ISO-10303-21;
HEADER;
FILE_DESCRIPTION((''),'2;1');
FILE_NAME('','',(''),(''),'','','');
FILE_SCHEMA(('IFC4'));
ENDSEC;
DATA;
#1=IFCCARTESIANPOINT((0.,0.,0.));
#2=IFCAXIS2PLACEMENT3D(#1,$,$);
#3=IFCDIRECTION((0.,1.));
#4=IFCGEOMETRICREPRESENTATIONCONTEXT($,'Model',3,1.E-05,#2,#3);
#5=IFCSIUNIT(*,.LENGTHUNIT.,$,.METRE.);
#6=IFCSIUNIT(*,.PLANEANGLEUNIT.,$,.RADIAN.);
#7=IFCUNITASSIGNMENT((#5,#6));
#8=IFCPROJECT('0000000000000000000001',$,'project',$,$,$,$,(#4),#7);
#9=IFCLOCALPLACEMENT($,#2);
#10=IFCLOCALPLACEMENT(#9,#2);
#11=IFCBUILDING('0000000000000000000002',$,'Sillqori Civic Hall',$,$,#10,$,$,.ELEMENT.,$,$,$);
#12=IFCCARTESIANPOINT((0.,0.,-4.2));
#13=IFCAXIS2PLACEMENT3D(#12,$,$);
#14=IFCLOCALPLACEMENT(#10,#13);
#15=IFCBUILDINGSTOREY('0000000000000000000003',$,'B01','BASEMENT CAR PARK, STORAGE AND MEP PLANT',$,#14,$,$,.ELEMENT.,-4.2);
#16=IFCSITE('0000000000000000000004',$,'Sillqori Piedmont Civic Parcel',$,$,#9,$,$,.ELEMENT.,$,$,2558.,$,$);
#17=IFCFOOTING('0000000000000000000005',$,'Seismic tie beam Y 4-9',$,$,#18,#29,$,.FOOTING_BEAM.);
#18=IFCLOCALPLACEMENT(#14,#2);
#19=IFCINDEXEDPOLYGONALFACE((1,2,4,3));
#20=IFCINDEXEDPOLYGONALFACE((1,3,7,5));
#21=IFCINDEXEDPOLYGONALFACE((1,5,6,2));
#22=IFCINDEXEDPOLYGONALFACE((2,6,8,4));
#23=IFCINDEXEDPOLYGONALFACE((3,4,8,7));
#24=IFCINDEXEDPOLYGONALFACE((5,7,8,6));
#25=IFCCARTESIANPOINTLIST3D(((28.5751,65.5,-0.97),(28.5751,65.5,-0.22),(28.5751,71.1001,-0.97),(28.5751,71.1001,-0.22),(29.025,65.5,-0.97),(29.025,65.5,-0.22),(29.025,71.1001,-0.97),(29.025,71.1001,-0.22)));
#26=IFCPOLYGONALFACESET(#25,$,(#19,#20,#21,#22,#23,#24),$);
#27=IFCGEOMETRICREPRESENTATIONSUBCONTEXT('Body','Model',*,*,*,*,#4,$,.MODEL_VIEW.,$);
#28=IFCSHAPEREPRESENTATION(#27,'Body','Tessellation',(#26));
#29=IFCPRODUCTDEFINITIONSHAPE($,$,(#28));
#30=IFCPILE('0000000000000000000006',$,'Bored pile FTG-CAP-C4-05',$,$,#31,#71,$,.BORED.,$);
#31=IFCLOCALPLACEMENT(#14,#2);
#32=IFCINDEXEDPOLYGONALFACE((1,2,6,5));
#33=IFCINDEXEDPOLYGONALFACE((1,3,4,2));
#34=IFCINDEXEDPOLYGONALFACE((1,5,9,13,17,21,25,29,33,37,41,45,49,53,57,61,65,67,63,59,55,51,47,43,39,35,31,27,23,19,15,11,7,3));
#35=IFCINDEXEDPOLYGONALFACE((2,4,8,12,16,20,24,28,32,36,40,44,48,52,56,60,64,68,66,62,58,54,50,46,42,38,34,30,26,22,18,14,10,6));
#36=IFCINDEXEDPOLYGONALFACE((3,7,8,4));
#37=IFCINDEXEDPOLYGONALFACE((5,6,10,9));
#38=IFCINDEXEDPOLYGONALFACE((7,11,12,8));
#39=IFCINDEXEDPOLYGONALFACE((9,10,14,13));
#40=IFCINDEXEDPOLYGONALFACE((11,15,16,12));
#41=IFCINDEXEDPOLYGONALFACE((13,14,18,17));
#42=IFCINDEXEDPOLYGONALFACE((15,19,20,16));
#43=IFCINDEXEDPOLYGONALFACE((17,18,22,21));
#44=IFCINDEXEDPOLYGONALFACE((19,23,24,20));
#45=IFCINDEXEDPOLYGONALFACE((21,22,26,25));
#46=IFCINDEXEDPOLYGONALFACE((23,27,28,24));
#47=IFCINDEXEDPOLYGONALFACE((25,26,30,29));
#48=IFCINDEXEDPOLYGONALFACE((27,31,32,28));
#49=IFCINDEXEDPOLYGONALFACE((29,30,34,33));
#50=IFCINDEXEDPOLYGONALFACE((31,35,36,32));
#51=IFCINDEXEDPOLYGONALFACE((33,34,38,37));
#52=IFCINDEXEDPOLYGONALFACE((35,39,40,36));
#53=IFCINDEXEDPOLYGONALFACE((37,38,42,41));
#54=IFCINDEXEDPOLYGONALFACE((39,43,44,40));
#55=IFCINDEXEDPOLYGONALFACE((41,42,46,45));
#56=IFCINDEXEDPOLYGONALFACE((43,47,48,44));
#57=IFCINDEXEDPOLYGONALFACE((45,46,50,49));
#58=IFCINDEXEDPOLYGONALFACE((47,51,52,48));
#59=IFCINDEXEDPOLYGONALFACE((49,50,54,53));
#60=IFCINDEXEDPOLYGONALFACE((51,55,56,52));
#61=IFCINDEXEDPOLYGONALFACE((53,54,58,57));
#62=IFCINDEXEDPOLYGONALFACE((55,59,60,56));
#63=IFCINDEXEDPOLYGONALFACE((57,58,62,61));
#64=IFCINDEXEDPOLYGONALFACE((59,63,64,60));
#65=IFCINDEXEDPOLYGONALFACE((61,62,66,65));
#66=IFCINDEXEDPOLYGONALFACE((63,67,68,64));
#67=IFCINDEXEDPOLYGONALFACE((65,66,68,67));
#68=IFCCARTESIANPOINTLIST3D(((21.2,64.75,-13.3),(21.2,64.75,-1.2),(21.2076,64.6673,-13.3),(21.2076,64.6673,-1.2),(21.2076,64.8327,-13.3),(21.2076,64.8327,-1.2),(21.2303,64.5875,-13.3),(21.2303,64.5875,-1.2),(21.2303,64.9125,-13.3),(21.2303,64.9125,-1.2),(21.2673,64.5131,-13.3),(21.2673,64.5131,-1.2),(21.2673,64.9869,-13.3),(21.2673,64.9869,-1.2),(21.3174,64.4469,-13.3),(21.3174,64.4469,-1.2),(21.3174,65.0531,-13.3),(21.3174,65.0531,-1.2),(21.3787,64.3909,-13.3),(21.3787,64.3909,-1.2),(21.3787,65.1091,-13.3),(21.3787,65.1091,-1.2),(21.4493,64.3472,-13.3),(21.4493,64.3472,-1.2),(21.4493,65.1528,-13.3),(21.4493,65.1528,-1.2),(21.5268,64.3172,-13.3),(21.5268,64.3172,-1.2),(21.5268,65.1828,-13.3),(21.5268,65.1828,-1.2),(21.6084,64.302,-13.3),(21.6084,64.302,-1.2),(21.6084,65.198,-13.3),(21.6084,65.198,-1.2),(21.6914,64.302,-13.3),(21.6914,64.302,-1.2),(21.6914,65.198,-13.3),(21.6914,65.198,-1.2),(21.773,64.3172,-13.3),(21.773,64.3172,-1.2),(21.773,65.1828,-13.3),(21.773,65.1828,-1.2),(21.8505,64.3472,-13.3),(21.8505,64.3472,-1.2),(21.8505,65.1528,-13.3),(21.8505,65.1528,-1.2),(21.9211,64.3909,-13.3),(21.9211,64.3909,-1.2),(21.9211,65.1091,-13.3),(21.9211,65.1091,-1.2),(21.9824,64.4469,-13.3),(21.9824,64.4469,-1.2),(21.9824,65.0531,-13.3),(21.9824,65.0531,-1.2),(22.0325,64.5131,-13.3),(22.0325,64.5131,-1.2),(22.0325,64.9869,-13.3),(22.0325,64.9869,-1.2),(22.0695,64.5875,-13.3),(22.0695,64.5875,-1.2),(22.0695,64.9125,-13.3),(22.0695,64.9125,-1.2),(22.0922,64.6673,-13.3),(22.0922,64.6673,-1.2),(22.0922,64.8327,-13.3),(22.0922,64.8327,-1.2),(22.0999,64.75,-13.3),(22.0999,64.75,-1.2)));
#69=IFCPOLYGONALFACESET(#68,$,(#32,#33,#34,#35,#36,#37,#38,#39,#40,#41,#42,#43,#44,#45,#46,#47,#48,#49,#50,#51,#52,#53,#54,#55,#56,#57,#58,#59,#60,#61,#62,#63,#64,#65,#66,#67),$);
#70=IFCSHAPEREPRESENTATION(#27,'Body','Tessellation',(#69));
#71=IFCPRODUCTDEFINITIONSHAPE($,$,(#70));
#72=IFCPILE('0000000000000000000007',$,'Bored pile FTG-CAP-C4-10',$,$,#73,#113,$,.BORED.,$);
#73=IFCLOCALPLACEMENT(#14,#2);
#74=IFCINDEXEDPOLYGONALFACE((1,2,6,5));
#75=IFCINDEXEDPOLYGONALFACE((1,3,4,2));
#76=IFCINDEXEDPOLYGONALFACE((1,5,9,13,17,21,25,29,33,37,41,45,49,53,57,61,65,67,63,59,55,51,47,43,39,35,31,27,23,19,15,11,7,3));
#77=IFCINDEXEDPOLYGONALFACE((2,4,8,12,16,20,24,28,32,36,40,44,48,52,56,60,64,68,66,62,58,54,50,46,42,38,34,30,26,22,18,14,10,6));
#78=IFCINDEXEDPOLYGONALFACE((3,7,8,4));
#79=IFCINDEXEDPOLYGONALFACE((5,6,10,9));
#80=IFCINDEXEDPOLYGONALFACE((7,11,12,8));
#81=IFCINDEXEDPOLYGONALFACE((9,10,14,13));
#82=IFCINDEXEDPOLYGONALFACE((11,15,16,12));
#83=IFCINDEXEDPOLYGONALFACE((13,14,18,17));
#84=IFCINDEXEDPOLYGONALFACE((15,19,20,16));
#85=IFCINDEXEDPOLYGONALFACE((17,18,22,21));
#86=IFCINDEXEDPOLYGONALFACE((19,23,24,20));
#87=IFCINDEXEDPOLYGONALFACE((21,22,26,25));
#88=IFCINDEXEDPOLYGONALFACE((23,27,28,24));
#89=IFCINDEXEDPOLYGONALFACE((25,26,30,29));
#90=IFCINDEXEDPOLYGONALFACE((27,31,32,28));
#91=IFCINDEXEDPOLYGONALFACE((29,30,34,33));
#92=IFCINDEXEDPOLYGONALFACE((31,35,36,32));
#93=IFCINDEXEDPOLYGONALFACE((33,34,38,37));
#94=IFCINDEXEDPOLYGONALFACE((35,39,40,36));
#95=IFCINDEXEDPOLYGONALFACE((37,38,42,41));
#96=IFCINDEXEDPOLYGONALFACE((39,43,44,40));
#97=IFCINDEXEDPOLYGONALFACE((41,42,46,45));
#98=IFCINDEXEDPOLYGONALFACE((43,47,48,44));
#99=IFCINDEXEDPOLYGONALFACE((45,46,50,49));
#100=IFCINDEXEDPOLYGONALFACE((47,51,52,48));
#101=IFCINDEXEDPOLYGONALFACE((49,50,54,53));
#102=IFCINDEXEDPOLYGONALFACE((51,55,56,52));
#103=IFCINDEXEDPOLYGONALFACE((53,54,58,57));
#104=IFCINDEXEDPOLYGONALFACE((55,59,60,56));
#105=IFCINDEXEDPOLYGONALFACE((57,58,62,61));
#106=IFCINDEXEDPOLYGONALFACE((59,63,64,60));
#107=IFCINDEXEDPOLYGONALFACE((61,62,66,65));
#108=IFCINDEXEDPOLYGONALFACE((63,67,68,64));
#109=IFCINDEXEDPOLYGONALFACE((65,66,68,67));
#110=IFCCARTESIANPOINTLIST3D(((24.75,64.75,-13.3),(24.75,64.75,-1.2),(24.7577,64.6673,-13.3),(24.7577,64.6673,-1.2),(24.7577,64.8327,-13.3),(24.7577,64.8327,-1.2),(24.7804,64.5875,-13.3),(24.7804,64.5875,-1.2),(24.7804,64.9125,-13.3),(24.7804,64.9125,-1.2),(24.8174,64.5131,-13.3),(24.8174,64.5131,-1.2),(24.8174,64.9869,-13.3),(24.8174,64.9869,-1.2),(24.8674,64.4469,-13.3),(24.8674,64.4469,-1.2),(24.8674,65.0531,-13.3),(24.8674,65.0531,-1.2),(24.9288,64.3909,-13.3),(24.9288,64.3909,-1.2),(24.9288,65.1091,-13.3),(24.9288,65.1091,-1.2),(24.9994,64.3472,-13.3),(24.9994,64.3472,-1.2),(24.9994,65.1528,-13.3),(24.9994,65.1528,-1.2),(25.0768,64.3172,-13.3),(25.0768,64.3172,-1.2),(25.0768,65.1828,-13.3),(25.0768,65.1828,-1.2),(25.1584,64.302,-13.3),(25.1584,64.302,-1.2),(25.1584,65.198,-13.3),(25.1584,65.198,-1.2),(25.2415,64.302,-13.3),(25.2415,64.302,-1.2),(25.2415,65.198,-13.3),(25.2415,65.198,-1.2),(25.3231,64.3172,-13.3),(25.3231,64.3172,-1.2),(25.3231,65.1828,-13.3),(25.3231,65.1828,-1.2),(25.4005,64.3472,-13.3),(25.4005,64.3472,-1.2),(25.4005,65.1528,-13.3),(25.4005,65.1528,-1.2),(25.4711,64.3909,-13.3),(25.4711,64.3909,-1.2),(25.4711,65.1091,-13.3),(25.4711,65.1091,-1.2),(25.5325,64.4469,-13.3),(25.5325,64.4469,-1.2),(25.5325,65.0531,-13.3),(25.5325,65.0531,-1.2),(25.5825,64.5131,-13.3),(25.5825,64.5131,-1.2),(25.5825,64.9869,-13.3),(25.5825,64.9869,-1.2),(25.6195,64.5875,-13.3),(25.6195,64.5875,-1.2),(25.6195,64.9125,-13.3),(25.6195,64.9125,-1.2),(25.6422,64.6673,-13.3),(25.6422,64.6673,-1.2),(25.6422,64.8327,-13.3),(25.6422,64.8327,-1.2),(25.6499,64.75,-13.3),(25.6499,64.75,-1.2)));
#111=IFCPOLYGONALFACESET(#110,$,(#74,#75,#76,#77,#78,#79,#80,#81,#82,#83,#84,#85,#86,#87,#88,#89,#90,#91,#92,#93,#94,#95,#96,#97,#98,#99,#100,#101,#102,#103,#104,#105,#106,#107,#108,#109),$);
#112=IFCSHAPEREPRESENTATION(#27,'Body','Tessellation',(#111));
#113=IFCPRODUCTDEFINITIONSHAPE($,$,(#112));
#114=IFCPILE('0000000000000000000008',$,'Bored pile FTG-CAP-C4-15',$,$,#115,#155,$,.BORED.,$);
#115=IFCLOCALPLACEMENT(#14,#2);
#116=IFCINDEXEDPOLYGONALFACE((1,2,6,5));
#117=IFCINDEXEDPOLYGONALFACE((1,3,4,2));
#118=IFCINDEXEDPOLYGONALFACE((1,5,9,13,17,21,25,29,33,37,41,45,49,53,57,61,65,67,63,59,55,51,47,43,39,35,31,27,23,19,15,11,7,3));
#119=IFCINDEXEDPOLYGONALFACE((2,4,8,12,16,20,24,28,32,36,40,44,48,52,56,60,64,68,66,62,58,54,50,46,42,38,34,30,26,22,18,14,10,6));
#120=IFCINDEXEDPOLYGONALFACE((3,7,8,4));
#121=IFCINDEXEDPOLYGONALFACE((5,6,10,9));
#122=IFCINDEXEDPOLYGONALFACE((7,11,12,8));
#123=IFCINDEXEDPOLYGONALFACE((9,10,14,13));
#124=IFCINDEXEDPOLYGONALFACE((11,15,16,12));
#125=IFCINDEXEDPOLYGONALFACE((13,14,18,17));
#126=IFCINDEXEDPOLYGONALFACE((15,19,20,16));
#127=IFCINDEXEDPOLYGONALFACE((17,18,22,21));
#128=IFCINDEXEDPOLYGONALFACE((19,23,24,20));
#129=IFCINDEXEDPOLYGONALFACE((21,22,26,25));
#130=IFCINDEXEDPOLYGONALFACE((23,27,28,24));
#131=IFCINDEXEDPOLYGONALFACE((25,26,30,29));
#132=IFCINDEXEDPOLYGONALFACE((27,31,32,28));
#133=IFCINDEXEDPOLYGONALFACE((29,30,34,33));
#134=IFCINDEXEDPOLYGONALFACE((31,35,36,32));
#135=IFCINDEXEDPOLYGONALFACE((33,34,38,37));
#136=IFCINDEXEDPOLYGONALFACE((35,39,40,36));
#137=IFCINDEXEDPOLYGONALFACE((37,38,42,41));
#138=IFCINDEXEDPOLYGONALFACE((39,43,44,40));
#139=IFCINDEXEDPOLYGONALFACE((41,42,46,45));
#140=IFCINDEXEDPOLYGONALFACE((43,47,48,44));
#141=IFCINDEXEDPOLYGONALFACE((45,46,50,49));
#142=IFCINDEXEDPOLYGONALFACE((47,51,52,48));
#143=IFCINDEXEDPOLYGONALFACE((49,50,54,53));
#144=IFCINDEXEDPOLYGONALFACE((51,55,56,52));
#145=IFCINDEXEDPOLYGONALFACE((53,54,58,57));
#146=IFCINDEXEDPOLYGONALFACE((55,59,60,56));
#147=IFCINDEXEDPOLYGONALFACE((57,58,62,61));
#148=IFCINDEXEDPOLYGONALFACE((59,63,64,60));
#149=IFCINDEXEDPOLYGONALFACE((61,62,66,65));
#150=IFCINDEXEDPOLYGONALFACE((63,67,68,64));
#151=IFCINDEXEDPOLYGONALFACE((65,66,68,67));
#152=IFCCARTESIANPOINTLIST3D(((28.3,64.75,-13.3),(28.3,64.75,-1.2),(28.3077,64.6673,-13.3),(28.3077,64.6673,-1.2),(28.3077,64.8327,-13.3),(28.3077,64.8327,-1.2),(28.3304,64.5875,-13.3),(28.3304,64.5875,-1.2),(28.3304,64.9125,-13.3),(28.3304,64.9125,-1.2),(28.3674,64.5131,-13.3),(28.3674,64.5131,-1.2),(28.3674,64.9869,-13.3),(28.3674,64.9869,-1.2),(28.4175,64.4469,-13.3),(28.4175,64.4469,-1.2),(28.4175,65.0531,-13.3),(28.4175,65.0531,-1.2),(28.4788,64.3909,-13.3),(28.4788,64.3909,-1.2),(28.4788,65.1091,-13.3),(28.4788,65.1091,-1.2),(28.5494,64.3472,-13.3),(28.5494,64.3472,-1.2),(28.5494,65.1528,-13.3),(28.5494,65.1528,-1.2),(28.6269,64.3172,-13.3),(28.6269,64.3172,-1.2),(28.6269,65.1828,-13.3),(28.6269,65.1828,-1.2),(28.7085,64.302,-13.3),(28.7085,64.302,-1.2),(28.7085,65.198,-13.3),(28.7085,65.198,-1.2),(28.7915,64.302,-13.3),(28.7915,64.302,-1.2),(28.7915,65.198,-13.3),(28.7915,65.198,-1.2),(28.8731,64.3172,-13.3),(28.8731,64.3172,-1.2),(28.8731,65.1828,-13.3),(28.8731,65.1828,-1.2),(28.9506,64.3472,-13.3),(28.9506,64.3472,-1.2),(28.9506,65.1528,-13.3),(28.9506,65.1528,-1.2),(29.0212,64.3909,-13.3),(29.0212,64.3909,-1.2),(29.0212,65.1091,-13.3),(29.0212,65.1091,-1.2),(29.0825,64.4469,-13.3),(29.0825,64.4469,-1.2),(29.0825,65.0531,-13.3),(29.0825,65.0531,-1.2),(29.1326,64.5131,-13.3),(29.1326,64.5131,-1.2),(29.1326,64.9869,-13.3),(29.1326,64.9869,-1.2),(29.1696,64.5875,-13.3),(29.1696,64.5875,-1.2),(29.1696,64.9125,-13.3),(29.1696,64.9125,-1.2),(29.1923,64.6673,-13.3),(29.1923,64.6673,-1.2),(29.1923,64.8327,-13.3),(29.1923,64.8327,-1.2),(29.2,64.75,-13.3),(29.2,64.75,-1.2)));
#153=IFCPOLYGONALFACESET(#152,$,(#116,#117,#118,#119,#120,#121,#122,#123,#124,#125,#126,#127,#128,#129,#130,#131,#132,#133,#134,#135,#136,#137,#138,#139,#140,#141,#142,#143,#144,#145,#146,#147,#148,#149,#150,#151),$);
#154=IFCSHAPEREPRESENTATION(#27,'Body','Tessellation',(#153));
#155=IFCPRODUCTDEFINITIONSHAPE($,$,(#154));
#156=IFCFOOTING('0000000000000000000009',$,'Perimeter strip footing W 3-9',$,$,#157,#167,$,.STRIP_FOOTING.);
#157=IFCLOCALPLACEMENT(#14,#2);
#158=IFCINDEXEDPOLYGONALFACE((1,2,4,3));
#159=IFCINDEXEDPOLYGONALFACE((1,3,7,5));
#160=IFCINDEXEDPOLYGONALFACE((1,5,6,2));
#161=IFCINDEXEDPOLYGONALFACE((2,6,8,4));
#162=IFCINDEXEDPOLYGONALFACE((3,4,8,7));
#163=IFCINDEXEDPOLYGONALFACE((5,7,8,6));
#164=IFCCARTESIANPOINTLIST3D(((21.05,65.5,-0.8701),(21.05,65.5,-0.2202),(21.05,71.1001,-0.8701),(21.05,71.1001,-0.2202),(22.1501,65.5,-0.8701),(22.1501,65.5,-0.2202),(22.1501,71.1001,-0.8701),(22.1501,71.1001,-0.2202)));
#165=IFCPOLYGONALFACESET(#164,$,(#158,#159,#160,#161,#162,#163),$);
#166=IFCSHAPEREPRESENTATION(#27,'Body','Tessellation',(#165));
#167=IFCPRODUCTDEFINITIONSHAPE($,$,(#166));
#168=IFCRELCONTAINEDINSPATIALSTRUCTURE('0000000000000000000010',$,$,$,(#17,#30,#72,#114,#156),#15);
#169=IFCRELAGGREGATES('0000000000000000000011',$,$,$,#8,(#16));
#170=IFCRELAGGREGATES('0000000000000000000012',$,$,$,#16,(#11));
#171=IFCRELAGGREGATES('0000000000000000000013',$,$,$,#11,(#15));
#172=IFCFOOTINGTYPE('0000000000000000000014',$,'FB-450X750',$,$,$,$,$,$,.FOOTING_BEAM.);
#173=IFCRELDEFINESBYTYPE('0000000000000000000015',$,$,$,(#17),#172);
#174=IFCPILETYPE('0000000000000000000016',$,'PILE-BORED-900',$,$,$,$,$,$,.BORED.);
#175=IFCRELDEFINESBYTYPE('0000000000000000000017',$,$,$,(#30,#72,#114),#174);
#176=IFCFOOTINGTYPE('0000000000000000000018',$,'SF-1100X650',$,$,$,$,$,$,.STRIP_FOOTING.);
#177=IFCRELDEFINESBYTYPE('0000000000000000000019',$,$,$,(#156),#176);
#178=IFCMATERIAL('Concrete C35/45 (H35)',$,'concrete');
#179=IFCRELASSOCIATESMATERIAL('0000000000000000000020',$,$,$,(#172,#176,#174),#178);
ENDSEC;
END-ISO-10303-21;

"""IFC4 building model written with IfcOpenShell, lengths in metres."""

from ifc_helpers import new_model, si_unit, direction, frame, origin, origin_2d, place, context, subcontext, project, spatial, rectangle, circle, extrude, material, material_profile, profile_set, type_object, element, save


model = new_model("IFC4")

# Units and contexts
model_context = context("Model", 3, precision=1e-05, world=origin(), true_north=direction((0.0, 1.0)))
body_context = subcontext(model_context, "Body", "Model", "MODEL_VIEW")
ifc_project = project(units=[si_unit("LENGTHUNIT", "METRE"), si_unit("PLANEANGLEUNIT", "RADIAN")], contexts=[model_context])

# Site, building, storey
site_placement = place(None, origin())
site = spatial("IfcSite", under=ifc_project, at=site_placement, Name="Sillqori Piedmont Civic Parcel", CompositionType="ELEMENT", RefElevation=2558.0)
building_placement = place(site_placement, origin())
building = spatial("IfcBuilding", under=site, at=building_placement, Name="Sillqori Civic Hall", CompositionType="ELEMENT")
storey_placement = place(building_placement, frame((0.0, 0.0, -4.2)))
storey = spatial("IfcBuildingStorey", under=building, at=storey_placement, Name="B01", Description="BASEMENT CAR PARK, STORAGE AND MEP PLANT", CompositionType="ELEMENT", Elevation=-4.2)

# Footing
ifc_material_1 = material(Name="Concrete C35/45 (H35)", Category="concrete")
footing_type_1 = type_object("IfcFootingType", Name="FB-450X750", PredefinedType="FOOTING_BEAM", material=ifc_material_1)
footing_1_placement = place(storey_placement, frame((28.8, 68.3, -0.97), z_axis=(0.0, 0.0, 1.0), x_axis=(1.0, 0.0, 0.0)))
element("IfcFooting", 1, at=footing_1_placement, inside=storey, type_object=footing_type_1, Name="Seismic tie beam Y 4-9", PredefinedType="FOOTING_BEAM", context=body_context, shape_type="SweptSolid", body=[
    extrude(rectangle(XDim=0.45, YDim=5.6001, at=origin_2d()), origin(), (0.0, 0.0, 1.0), 0.75),
])

# Piles
ifc_material_profile_1 = material_profile(ifc_material_1, circle(Radius=0.45, at=origin_2d()), Name="BORED PILE 900")
ifc_profile_set_1 = profile_set([ifc_material_profile_1], Name="Concrete C35/45 (H35)")
pile_type = type_object("IfcPileType", Name="PILE-BORED-900", PredefinedType="BORED", material=ifc_profile_set_1)
for number, where, z_axis, x_axis, name in (
    (2, (21.6499, 64.75, -1.2), (0.0, 0.0, -1.0), (1.0, 0.0, 0.0), "Bored pile FTG-CAP-C4-05"),
    (3, (25.2, 64.75, -1.2), (0.0, 0.0, -1.0), (1.0, 0.0, 0.0), "Bored pile FTG-CAP-C4-10"),
    (4, (28.75, 64.75, -1.2), (0.0, 0.0, -1.0), (1.0, 0.0, 0.0), "Bored pile FTG-CAP-C4-15"),
):
    element("IfcPile", number, at=place(storey_placement, frame(where, z_axis=z_axis, x_axis=x_axis)), inside=storey, type_object=pile_type, Name=name, PredefinedType="BORED", context=body_context, shape_type="SweptSolid", body=[
        extrude(circle(Radius=0.45, at=origin_2d()), origin(), (0.0, 0.0, 1.0), 12.1001),
    ])

# Footing
footing_type_2 = type_object("IfcFootingType", Name="SF-1100X650", PredefinedType="STRIP_FOOTING", material=ifc_material_1)
footing_2_placement = place(storey_placement, frame((21.6001, 68.3, -0.8701), z_axis=(0.0, 0.0, 1.0), x_axis=(1.0, 0.0, 0.0)))
element("IfcFooting", 5, at=footing_2_placement, inside=storey, type_object=footing_type_2, Name="Perimeter strip footing W 3-9", PredefinedType="STRIP_FOOTING", context=body_context, shape_type="SweptSolid", body=[
    extrude(rectangle(XDim=1.1001, YDim=5.6001, at=origin_2d()), origin(), (0.0, 0.0, 1.0), 0.6499),
])

save(model, "model.ifc")
